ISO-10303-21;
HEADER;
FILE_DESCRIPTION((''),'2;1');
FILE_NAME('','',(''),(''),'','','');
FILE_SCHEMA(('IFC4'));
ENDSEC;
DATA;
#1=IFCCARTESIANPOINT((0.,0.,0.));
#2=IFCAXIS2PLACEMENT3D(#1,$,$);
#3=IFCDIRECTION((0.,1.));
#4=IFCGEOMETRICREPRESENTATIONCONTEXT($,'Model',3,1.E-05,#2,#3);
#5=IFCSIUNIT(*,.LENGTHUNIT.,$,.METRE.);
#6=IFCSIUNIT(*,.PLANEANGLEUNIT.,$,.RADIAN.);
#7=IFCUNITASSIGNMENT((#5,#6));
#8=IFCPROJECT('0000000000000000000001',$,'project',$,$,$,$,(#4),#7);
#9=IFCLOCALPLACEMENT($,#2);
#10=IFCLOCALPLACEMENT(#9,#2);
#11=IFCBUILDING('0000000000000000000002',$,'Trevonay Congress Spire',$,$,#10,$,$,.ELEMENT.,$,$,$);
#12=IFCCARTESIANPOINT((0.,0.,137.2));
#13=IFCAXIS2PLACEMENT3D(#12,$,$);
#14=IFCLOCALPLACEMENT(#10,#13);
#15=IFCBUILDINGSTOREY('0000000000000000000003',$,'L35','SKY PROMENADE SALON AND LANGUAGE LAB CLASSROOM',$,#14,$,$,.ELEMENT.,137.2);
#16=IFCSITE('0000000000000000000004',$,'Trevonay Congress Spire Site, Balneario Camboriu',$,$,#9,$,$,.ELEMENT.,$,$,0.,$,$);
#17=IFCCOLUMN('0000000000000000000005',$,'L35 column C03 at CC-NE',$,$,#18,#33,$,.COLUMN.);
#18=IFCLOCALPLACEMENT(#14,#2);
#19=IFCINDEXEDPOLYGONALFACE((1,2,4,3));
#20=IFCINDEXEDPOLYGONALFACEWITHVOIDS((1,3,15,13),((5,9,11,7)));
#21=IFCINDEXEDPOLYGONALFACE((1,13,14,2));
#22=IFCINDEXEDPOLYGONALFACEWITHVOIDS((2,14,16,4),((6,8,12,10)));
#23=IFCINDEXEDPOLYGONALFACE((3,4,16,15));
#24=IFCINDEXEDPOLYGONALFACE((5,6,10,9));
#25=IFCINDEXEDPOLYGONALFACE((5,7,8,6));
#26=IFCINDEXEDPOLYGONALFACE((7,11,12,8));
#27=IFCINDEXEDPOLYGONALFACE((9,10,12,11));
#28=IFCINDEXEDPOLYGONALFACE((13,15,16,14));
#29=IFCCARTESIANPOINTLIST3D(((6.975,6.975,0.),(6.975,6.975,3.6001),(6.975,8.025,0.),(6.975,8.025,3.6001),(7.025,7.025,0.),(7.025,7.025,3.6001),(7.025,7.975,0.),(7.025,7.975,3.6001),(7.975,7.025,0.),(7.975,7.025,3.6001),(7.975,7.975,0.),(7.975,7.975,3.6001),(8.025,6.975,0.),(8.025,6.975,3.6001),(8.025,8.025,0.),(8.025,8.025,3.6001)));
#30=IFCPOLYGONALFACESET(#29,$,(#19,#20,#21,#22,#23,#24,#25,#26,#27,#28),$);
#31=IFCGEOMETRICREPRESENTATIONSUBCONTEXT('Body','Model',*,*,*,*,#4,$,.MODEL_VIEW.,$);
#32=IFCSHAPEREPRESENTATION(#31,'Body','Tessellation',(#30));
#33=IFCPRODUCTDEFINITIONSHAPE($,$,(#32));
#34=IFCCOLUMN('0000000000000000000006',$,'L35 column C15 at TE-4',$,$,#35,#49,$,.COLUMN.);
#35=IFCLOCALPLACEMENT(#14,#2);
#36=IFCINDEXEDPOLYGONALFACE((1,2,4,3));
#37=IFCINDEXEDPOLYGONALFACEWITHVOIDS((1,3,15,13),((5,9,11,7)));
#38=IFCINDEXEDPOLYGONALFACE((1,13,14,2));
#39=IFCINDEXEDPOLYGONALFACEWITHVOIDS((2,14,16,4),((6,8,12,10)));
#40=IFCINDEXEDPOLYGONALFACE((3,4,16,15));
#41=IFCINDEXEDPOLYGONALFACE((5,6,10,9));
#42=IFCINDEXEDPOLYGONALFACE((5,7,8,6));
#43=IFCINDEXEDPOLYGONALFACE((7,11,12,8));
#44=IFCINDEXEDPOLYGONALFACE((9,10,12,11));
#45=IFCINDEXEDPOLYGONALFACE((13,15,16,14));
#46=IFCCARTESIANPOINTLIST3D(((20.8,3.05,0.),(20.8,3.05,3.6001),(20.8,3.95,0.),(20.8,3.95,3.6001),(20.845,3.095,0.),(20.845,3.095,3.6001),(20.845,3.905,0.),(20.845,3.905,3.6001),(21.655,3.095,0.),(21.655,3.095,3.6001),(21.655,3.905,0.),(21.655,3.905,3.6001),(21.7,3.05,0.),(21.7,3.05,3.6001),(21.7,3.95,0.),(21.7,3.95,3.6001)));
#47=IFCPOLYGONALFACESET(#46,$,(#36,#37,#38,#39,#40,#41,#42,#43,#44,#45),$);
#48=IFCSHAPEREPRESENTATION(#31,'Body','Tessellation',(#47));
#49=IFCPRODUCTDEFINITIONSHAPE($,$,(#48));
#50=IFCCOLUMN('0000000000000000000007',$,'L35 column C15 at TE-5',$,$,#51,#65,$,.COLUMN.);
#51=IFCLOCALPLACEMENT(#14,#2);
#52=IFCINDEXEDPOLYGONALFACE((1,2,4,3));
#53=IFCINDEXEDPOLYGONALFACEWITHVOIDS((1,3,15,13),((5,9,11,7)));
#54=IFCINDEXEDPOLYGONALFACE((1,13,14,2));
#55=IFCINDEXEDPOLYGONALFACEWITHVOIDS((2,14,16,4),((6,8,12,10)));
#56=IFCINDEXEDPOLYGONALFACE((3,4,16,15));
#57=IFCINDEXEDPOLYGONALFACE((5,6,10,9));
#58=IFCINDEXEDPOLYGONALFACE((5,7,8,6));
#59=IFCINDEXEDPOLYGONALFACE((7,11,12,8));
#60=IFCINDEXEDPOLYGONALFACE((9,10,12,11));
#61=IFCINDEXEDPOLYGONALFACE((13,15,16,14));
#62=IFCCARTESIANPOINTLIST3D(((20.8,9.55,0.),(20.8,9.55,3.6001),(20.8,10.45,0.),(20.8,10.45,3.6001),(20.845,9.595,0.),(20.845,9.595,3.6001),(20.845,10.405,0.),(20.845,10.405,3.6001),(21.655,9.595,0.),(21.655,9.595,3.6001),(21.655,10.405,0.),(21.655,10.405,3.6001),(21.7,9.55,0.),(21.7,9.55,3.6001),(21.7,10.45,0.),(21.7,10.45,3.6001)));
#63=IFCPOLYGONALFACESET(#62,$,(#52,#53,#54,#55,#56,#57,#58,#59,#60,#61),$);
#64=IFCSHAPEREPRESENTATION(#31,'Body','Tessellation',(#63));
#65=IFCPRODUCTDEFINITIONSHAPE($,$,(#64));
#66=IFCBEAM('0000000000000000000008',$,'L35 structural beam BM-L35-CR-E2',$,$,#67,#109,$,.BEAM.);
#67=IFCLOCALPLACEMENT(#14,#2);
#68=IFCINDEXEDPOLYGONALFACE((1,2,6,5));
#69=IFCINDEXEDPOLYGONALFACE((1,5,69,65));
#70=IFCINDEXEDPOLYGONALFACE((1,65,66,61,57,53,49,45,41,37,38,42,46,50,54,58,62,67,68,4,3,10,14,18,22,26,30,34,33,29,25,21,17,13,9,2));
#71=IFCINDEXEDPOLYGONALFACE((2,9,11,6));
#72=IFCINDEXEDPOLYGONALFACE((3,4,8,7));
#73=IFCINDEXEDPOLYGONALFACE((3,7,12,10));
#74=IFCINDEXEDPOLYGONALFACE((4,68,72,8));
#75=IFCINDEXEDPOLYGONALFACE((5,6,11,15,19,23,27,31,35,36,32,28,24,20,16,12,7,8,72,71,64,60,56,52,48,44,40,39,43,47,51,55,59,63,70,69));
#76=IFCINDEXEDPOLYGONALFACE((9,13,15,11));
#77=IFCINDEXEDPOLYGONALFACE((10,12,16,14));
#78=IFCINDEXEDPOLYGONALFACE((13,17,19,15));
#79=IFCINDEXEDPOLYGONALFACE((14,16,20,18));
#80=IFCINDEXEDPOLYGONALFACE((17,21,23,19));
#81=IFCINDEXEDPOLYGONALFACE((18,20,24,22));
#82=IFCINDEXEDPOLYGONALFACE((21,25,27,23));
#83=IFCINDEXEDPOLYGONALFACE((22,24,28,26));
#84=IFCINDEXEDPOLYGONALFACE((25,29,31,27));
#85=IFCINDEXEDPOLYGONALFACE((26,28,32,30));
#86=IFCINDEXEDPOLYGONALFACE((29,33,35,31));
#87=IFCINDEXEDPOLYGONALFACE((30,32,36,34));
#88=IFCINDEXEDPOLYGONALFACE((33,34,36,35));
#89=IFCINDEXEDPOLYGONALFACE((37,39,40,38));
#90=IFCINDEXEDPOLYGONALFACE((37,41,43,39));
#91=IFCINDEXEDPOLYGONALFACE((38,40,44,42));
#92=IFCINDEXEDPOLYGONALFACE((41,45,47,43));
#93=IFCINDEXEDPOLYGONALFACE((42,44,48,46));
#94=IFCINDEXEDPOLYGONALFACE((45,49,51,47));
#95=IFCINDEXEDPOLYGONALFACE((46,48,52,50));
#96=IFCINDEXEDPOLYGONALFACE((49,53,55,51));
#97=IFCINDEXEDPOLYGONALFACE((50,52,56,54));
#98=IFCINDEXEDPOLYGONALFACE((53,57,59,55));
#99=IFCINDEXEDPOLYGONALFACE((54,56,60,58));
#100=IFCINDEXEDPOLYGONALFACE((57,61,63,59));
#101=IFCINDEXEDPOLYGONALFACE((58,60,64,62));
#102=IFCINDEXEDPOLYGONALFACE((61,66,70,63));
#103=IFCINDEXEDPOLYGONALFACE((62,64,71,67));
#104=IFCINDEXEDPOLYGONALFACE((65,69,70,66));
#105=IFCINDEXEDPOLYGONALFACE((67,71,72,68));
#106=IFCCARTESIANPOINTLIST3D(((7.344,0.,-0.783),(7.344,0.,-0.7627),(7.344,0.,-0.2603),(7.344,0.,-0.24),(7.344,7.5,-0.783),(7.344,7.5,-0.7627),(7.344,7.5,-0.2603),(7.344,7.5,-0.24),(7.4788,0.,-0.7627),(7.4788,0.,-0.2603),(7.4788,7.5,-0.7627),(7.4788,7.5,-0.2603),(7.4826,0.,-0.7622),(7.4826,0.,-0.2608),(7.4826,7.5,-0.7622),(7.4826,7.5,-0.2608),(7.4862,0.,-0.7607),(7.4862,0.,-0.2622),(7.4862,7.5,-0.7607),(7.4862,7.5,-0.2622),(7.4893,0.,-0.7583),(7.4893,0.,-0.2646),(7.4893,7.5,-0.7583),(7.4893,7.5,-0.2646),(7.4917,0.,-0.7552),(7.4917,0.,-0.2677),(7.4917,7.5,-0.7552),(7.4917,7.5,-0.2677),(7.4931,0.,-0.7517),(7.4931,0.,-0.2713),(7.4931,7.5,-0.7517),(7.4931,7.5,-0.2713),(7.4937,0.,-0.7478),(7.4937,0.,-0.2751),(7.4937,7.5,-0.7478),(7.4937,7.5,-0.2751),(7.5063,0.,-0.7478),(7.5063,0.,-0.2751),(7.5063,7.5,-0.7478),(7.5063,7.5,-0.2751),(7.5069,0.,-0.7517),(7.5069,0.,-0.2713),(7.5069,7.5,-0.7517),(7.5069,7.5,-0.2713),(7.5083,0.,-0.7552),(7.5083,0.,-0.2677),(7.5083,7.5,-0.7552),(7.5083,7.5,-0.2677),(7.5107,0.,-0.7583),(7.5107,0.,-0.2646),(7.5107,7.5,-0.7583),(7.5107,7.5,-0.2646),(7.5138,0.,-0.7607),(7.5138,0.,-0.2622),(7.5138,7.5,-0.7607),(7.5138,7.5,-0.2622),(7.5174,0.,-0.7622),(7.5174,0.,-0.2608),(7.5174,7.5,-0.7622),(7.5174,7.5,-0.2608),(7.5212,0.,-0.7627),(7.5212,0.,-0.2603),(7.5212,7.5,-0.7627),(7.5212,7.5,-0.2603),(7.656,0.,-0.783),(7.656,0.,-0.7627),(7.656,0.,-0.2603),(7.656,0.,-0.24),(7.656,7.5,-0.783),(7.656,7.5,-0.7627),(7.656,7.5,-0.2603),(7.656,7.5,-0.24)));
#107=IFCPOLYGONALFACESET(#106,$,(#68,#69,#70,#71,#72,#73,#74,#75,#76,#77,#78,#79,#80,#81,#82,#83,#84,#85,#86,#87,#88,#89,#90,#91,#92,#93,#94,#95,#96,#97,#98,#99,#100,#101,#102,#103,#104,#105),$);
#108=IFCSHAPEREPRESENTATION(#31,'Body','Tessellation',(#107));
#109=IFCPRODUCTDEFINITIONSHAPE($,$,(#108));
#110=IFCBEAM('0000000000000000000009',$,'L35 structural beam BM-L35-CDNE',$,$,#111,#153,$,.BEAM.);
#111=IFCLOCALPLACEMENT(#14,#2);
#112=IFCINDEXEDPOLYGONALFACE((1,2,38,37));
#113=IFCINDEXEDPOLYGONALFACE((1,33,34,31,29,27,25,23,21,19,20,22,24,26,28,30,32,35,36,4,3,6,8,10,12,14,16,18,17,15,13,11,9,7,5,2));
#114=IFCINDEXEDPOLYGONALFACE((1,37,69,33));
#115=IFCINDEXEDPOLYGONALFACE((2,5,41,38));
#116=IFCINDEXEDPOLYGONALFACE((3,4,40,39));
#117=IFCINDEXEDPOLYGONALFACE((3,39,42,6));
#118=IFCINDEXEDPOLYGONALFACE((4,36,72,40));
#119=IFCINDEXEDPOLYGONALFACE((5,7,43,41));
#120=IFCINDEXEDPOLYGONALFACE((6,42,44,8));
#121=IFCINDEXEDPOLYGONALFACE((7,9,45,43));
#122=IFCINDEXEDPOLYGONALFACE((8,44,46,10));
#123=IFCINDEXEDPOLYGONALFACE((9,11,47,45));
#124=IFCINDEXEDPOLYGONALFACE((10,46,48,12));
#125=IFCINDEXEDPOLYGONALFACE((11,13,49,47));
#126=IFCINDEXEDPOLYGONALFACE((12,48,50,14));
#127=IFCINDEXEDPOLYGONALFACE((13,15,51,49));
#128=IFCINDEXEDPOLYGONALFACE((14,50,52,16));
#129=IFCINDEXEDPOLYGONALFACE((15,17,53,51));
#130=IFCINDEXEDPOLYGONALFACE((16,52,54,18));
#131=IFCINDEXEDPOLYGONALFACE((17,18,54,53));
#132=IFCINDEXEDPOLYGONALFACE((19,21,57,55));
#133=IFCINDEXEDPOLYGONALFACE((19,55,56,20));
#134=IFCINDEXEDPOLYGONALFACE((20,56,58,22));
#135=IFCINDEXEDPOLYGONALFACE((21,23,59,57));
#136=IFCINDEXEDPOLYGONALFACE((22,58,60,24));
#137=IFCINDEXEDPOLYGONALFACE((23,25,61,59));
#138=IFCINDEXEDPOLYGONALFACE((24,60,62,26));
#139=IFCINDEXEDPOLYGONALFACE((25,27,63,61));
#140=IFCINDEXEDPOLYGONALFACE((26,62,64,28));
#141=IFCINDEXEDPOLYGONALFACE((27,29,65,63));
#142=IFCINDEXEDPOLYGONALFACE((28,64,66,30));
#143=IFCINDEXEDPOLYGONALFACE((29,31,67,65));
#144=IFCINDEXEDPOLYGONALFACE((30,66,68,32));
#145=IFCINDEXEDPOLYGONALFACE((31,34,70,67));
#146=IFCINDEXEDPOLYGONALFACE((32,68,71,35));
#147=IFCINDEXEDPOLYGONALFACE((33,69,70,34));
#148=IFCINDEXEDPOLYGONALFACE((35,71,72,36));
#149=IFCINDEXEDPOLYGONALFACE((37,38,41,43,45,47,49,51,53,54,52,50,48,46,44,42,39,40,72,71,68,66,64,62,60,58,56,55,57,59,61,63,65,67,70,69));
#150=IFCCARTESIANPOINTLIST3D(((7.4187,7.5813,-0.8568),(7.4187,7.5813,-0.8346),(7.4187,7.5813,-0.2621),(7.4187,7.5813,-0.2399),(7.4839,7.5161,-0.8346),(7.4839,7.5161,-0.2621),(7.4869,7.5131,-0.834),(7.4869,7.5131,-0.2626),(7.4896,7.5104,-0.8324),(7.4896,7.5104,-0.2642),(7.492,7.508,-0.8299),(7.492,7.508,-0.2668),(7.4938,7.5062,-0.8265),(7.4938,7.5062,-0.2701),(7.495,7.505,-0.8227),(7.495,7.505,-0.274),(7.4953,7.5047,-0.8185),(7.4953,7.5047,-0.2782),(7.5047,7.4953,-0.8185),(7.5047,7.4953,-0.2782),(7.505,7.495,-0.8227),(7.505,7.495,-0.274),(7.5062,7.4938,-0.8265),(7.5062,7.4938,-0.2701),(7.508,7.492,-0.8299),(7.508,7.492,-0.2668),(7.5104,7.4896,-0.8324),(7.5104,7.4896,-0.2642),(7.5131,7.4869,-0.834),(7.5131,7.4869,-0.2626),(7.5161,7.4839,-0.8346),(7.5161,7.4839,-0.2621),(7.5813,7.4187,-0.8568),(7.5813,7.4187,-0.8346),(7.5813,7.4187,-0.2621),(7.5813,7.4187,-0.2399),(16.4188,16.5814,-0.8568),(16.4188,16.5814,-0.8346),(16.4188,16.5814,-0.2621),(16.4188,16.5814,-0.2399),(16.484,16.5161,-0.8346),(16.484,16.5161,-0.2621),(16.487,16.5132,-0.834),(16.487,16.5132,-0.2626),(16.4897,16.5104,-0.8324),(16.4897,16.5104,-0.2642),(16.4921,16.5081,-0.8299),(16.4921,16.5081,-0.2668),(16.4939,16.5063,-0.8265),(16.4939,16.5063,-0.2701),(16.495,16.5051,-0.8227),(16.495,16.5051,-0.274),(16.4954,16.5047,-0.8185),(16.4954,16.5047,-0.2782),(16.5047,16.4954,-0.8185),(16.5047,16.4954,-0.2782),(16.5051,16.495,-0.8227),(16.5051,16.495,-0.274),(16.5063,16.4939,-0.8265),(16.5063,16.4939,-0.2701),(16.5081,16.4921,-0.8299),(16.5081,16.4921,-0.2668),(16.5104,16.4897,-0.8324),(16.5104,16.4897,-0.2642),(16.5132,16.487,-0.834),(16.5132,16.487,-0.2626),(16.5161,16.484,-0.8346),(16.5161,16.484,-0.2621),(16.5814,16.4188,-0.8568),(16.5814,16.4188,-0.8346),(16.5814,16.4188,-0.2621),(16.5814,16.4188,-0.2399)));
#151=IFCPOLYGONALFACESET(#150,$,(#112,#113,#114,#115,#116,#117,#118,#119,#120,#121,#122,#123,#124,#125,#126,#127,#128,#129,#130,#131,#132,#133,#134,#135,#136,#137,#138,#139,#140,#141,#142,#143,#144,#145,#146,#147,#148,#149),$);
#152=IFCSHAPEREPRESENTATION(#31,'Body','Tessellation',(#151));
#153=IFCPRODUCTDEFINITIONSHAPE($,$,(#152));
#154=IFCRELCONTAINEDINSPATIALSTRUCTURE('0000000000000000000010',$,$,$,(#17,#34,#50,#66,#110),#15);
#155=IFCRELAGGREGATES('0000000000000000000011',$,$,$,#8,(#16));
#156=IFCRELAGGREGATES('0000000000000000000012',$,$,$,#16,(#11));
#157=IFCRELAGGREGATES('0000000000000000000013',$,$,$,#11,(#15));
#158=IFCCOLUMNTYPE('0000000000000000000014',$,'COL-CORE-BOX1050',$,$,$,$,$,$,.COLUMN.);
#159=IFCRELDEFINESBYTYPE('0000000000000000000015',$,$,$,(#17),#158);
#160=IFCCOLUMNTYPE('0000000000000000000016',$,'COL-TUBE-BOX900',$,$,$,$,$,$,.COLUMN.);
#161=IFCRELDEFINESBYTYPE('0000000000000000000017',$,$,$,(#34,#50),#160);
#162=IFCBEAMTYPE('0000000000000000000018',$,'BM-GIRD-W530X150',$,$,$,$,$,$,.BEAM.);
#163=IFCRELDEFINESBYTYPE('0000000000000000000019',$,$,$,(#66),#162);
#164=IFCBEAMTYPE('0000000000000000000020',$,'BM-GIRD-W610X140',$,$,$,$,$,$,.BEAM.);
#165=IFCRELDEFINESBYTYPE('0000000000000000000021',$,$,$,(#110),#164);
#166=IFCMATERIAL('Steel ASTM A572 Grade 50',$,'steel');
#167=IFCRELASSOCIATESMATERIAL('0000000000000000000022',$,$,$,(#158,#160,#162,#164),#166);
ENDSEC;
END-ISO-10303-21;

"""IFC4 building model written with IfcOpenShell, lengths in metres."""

from ifc_helpers import new_model, si_unit, direction, frame, origin, origin_2d, place, context, subcontext, project, spatial, hollow_rectangle, i_section, extrude, material, material_profile, profile_set, type_object, element, save


model = new_model("IFC4")

# Units and contexts
model_context = context("Model", 3, precision=1e-05, world=origin(), true_north=direction((0.0, 1.0)))
body_context = subcontext(model_context, "Body", "Model", "MODEL_VIEW")
ifc_project = project(units=[si_unit("LENGTHUNIT", "METRE"), si_unit("PLANEANGLEUNIT", "RADIAN")], contexts=[model_context])

# Site, building, storey
site_placement = place(None, origin())
site = spatial("IfcSite", under=ifc_project, at=site_placement, Name="Trevonay Congress Spire Site, Balneario Camboriu", CompositionType="ELEMENT", RefElevation=0.0)
building_placement = place(site_placement, origin())
building = spatial("IfcBuilding", under=site, at=building_placement, Name="Trevonay Congress Spire", CompositionType="ELEMENT")
storey_placement = place(building_placement, frame((0.0, 0.0, 137.2)))
storey = spatial("IfcBuildingStorey", under=building, at=storey_placement, Name="L35", Description="SKY PROMENADE SALON AND LANGUAGE LAB CLASSROOM", CompositionType="ELEMENT", Elevation=137.2)

# Columns
ifc_material_1 = material(Name="Steel ASTM A572 Grade 50", Category="steel")
ifc_material_profile_1 = material_profile(ifc_material_1, hollow_rectangle(XDim=1.05, YDim=1.05, WallThickness=0.05, at=origin_2d()), Name="BOX 1050x1050x50")
ifc_profile_set_1 = profile_set([ifc_material_profile_1], Name="Steel ASTM A572 Grade 50")
column_type_1 = type_object("IfcColumnType", Name="COL-CORE-BOX1050", PredefinedType="COLUMN", material=ifc_profile_set_1)
column_placement = place(storey_placement, frame((7.5, 7.5, 0.0), z_axis=(0.0, 0.0, 1.0), x_axis=(1.0, 0.0, 0.0)))
element("IfcColumn", 1, at=column_placement, inside=storey, type_object=column_type_1, Name="L35 column C03 at CC-NE", PredefinedType="COLUMN", context=body_context, shape_type="SweptSolid", body=[
    extrude(hollow_rectangle(XDim=1.05, YDim=1.05, WallThickness=0.05, at=origin_2d()), origin(), (0.0, 0.0, 1.0), 3.6001),
])
ifc_material_profile_2 = material_profile(ifc_material_1, hollow_rectangle(XDim=0.8999, YDim=0.8999, WallThickness=0.0449, at=origin_2d()), Name="BOX 900x900x45")
ifc_profile_set_2 = profile_set([ifc_material_profile_2], Name="Steel ASTM A572 Grade 50")
column_type_2 = type_object("IfcColumnType", Name="COL-TUBE-BOX900", PredefinedType="COLUMN", material=ifc_profile_set_2)
for number, where, z_axis, x_axis, name in (
    (2, (21.25, 3.5, 0.0), (0.0, 0.0, 1.0), (1.0, 0.0, 0.0), "L35 column C15 at TE-4"),
    (3, (21.25, 10.0, 0.0), (0.0, 0.0, 1.0), (1.0, 0.0, 0.0), "L35 column C15 at TE-5"),
):
    element("IfcColumn", number, at=place(storey_placement, frame(where, z_axis=z_axis, x_axis=x_axis)), inside=storey, type_object=column_type_2, Name=name, PredefinedType="COLUMN", context=body_context, shape_type="SweptSolid", body=[
        extrude(hollow_rectangle(XDim=0.8999, YDim=0.8999, WallThickness=0.0449, at=origin_2d()), origin(), (0.0, 0.0, 1.0), 3.6001),
    ])

# Beams
ifc_material_profile_3 = material_profile(ifc_material_1, i_section(OverallWidth=0.312, OverallDepth=0.543, WebThickness=0.0127, FlangeThickness=0.0203, FilletRadius=0.0149, at=origin_2d()), Name="W530x150")
ifc_profile_set_3 = profile_set([ifc_material_profile_3], Name="Steel ASTM A572 Grade 50")
beam_type_1 = type_object("IfcBeamType", Name="BM-GIRD-W530X150", PredefinedType="BEAM", material=ifc_profile_set_3)
beam_1_placement = place(storey_placement, frame((7.5, 0.0, -0.5115), z_axis=(0.0, 1.0, 0.0), x_axis=(-1.0, 0.0, 0.0)))
element("IfcBeam", 4, at=beam_1_placement, inside=storey, type_object=beam_type_1, Name="L35 structural beam BM-L35-CR-E2", PredefinedType="BEAM", context=body_context, shape_type="SweptSolid", body=[
    extrude(i_section(OverallWidth=0.312, OverallDepth=0.543, WebThickness=0.0127, FlangeThickness=0.0203, FilletRadius=0.0149, at=origin_2d()), origin(), (0.0, 0.0, 1.0), 7.5),
])
ifc_material_profile_4 = material_profile(ifc_material_1, i_section(OverallWidth=0.23, OverallDepth=0.6169, WebThickness=0.0132, FlangeThickness=0.0222, FilletRadius=0.0161, at=origin_2d()), Name="W610x140")
ifc_profile_set_4 = profile_set([ifc_material_profile_4], Name="Steel ASTM A572 Grade 50")
beam_type_2 = type_object("IfcBeamType", Name="BM-GIRD-W610X140", PredefinedType="BEAM", material=ifc_profile_set_4)
beam_2_placement = place(storey_placement, frame((7.5, 7.5, -0.5483), z_axis=(0.707107, 0.707107, 0.0), x_axis=(-0.707107, 0.707107, 0.0)))
element("IfcBeam", 5, at=beam_2_placement, inside=storey, type_object=beam_type_2, Name="L35 structural beam BM-L35-CDNE", PredefinedType="BEAM", context=body_context, shape_type="SweptSolid", body=[
    extrude(i_section(OverallWidth=0.23, OverallDepth=0.6169, WebThickness=0.0132, FlangeThickness=0.0222, FilletRadius=0.0161, at=origin_2d()), origin(), (0.0, 0.0, 1.0), 12.728),
])

save(model, "model.ifc")
